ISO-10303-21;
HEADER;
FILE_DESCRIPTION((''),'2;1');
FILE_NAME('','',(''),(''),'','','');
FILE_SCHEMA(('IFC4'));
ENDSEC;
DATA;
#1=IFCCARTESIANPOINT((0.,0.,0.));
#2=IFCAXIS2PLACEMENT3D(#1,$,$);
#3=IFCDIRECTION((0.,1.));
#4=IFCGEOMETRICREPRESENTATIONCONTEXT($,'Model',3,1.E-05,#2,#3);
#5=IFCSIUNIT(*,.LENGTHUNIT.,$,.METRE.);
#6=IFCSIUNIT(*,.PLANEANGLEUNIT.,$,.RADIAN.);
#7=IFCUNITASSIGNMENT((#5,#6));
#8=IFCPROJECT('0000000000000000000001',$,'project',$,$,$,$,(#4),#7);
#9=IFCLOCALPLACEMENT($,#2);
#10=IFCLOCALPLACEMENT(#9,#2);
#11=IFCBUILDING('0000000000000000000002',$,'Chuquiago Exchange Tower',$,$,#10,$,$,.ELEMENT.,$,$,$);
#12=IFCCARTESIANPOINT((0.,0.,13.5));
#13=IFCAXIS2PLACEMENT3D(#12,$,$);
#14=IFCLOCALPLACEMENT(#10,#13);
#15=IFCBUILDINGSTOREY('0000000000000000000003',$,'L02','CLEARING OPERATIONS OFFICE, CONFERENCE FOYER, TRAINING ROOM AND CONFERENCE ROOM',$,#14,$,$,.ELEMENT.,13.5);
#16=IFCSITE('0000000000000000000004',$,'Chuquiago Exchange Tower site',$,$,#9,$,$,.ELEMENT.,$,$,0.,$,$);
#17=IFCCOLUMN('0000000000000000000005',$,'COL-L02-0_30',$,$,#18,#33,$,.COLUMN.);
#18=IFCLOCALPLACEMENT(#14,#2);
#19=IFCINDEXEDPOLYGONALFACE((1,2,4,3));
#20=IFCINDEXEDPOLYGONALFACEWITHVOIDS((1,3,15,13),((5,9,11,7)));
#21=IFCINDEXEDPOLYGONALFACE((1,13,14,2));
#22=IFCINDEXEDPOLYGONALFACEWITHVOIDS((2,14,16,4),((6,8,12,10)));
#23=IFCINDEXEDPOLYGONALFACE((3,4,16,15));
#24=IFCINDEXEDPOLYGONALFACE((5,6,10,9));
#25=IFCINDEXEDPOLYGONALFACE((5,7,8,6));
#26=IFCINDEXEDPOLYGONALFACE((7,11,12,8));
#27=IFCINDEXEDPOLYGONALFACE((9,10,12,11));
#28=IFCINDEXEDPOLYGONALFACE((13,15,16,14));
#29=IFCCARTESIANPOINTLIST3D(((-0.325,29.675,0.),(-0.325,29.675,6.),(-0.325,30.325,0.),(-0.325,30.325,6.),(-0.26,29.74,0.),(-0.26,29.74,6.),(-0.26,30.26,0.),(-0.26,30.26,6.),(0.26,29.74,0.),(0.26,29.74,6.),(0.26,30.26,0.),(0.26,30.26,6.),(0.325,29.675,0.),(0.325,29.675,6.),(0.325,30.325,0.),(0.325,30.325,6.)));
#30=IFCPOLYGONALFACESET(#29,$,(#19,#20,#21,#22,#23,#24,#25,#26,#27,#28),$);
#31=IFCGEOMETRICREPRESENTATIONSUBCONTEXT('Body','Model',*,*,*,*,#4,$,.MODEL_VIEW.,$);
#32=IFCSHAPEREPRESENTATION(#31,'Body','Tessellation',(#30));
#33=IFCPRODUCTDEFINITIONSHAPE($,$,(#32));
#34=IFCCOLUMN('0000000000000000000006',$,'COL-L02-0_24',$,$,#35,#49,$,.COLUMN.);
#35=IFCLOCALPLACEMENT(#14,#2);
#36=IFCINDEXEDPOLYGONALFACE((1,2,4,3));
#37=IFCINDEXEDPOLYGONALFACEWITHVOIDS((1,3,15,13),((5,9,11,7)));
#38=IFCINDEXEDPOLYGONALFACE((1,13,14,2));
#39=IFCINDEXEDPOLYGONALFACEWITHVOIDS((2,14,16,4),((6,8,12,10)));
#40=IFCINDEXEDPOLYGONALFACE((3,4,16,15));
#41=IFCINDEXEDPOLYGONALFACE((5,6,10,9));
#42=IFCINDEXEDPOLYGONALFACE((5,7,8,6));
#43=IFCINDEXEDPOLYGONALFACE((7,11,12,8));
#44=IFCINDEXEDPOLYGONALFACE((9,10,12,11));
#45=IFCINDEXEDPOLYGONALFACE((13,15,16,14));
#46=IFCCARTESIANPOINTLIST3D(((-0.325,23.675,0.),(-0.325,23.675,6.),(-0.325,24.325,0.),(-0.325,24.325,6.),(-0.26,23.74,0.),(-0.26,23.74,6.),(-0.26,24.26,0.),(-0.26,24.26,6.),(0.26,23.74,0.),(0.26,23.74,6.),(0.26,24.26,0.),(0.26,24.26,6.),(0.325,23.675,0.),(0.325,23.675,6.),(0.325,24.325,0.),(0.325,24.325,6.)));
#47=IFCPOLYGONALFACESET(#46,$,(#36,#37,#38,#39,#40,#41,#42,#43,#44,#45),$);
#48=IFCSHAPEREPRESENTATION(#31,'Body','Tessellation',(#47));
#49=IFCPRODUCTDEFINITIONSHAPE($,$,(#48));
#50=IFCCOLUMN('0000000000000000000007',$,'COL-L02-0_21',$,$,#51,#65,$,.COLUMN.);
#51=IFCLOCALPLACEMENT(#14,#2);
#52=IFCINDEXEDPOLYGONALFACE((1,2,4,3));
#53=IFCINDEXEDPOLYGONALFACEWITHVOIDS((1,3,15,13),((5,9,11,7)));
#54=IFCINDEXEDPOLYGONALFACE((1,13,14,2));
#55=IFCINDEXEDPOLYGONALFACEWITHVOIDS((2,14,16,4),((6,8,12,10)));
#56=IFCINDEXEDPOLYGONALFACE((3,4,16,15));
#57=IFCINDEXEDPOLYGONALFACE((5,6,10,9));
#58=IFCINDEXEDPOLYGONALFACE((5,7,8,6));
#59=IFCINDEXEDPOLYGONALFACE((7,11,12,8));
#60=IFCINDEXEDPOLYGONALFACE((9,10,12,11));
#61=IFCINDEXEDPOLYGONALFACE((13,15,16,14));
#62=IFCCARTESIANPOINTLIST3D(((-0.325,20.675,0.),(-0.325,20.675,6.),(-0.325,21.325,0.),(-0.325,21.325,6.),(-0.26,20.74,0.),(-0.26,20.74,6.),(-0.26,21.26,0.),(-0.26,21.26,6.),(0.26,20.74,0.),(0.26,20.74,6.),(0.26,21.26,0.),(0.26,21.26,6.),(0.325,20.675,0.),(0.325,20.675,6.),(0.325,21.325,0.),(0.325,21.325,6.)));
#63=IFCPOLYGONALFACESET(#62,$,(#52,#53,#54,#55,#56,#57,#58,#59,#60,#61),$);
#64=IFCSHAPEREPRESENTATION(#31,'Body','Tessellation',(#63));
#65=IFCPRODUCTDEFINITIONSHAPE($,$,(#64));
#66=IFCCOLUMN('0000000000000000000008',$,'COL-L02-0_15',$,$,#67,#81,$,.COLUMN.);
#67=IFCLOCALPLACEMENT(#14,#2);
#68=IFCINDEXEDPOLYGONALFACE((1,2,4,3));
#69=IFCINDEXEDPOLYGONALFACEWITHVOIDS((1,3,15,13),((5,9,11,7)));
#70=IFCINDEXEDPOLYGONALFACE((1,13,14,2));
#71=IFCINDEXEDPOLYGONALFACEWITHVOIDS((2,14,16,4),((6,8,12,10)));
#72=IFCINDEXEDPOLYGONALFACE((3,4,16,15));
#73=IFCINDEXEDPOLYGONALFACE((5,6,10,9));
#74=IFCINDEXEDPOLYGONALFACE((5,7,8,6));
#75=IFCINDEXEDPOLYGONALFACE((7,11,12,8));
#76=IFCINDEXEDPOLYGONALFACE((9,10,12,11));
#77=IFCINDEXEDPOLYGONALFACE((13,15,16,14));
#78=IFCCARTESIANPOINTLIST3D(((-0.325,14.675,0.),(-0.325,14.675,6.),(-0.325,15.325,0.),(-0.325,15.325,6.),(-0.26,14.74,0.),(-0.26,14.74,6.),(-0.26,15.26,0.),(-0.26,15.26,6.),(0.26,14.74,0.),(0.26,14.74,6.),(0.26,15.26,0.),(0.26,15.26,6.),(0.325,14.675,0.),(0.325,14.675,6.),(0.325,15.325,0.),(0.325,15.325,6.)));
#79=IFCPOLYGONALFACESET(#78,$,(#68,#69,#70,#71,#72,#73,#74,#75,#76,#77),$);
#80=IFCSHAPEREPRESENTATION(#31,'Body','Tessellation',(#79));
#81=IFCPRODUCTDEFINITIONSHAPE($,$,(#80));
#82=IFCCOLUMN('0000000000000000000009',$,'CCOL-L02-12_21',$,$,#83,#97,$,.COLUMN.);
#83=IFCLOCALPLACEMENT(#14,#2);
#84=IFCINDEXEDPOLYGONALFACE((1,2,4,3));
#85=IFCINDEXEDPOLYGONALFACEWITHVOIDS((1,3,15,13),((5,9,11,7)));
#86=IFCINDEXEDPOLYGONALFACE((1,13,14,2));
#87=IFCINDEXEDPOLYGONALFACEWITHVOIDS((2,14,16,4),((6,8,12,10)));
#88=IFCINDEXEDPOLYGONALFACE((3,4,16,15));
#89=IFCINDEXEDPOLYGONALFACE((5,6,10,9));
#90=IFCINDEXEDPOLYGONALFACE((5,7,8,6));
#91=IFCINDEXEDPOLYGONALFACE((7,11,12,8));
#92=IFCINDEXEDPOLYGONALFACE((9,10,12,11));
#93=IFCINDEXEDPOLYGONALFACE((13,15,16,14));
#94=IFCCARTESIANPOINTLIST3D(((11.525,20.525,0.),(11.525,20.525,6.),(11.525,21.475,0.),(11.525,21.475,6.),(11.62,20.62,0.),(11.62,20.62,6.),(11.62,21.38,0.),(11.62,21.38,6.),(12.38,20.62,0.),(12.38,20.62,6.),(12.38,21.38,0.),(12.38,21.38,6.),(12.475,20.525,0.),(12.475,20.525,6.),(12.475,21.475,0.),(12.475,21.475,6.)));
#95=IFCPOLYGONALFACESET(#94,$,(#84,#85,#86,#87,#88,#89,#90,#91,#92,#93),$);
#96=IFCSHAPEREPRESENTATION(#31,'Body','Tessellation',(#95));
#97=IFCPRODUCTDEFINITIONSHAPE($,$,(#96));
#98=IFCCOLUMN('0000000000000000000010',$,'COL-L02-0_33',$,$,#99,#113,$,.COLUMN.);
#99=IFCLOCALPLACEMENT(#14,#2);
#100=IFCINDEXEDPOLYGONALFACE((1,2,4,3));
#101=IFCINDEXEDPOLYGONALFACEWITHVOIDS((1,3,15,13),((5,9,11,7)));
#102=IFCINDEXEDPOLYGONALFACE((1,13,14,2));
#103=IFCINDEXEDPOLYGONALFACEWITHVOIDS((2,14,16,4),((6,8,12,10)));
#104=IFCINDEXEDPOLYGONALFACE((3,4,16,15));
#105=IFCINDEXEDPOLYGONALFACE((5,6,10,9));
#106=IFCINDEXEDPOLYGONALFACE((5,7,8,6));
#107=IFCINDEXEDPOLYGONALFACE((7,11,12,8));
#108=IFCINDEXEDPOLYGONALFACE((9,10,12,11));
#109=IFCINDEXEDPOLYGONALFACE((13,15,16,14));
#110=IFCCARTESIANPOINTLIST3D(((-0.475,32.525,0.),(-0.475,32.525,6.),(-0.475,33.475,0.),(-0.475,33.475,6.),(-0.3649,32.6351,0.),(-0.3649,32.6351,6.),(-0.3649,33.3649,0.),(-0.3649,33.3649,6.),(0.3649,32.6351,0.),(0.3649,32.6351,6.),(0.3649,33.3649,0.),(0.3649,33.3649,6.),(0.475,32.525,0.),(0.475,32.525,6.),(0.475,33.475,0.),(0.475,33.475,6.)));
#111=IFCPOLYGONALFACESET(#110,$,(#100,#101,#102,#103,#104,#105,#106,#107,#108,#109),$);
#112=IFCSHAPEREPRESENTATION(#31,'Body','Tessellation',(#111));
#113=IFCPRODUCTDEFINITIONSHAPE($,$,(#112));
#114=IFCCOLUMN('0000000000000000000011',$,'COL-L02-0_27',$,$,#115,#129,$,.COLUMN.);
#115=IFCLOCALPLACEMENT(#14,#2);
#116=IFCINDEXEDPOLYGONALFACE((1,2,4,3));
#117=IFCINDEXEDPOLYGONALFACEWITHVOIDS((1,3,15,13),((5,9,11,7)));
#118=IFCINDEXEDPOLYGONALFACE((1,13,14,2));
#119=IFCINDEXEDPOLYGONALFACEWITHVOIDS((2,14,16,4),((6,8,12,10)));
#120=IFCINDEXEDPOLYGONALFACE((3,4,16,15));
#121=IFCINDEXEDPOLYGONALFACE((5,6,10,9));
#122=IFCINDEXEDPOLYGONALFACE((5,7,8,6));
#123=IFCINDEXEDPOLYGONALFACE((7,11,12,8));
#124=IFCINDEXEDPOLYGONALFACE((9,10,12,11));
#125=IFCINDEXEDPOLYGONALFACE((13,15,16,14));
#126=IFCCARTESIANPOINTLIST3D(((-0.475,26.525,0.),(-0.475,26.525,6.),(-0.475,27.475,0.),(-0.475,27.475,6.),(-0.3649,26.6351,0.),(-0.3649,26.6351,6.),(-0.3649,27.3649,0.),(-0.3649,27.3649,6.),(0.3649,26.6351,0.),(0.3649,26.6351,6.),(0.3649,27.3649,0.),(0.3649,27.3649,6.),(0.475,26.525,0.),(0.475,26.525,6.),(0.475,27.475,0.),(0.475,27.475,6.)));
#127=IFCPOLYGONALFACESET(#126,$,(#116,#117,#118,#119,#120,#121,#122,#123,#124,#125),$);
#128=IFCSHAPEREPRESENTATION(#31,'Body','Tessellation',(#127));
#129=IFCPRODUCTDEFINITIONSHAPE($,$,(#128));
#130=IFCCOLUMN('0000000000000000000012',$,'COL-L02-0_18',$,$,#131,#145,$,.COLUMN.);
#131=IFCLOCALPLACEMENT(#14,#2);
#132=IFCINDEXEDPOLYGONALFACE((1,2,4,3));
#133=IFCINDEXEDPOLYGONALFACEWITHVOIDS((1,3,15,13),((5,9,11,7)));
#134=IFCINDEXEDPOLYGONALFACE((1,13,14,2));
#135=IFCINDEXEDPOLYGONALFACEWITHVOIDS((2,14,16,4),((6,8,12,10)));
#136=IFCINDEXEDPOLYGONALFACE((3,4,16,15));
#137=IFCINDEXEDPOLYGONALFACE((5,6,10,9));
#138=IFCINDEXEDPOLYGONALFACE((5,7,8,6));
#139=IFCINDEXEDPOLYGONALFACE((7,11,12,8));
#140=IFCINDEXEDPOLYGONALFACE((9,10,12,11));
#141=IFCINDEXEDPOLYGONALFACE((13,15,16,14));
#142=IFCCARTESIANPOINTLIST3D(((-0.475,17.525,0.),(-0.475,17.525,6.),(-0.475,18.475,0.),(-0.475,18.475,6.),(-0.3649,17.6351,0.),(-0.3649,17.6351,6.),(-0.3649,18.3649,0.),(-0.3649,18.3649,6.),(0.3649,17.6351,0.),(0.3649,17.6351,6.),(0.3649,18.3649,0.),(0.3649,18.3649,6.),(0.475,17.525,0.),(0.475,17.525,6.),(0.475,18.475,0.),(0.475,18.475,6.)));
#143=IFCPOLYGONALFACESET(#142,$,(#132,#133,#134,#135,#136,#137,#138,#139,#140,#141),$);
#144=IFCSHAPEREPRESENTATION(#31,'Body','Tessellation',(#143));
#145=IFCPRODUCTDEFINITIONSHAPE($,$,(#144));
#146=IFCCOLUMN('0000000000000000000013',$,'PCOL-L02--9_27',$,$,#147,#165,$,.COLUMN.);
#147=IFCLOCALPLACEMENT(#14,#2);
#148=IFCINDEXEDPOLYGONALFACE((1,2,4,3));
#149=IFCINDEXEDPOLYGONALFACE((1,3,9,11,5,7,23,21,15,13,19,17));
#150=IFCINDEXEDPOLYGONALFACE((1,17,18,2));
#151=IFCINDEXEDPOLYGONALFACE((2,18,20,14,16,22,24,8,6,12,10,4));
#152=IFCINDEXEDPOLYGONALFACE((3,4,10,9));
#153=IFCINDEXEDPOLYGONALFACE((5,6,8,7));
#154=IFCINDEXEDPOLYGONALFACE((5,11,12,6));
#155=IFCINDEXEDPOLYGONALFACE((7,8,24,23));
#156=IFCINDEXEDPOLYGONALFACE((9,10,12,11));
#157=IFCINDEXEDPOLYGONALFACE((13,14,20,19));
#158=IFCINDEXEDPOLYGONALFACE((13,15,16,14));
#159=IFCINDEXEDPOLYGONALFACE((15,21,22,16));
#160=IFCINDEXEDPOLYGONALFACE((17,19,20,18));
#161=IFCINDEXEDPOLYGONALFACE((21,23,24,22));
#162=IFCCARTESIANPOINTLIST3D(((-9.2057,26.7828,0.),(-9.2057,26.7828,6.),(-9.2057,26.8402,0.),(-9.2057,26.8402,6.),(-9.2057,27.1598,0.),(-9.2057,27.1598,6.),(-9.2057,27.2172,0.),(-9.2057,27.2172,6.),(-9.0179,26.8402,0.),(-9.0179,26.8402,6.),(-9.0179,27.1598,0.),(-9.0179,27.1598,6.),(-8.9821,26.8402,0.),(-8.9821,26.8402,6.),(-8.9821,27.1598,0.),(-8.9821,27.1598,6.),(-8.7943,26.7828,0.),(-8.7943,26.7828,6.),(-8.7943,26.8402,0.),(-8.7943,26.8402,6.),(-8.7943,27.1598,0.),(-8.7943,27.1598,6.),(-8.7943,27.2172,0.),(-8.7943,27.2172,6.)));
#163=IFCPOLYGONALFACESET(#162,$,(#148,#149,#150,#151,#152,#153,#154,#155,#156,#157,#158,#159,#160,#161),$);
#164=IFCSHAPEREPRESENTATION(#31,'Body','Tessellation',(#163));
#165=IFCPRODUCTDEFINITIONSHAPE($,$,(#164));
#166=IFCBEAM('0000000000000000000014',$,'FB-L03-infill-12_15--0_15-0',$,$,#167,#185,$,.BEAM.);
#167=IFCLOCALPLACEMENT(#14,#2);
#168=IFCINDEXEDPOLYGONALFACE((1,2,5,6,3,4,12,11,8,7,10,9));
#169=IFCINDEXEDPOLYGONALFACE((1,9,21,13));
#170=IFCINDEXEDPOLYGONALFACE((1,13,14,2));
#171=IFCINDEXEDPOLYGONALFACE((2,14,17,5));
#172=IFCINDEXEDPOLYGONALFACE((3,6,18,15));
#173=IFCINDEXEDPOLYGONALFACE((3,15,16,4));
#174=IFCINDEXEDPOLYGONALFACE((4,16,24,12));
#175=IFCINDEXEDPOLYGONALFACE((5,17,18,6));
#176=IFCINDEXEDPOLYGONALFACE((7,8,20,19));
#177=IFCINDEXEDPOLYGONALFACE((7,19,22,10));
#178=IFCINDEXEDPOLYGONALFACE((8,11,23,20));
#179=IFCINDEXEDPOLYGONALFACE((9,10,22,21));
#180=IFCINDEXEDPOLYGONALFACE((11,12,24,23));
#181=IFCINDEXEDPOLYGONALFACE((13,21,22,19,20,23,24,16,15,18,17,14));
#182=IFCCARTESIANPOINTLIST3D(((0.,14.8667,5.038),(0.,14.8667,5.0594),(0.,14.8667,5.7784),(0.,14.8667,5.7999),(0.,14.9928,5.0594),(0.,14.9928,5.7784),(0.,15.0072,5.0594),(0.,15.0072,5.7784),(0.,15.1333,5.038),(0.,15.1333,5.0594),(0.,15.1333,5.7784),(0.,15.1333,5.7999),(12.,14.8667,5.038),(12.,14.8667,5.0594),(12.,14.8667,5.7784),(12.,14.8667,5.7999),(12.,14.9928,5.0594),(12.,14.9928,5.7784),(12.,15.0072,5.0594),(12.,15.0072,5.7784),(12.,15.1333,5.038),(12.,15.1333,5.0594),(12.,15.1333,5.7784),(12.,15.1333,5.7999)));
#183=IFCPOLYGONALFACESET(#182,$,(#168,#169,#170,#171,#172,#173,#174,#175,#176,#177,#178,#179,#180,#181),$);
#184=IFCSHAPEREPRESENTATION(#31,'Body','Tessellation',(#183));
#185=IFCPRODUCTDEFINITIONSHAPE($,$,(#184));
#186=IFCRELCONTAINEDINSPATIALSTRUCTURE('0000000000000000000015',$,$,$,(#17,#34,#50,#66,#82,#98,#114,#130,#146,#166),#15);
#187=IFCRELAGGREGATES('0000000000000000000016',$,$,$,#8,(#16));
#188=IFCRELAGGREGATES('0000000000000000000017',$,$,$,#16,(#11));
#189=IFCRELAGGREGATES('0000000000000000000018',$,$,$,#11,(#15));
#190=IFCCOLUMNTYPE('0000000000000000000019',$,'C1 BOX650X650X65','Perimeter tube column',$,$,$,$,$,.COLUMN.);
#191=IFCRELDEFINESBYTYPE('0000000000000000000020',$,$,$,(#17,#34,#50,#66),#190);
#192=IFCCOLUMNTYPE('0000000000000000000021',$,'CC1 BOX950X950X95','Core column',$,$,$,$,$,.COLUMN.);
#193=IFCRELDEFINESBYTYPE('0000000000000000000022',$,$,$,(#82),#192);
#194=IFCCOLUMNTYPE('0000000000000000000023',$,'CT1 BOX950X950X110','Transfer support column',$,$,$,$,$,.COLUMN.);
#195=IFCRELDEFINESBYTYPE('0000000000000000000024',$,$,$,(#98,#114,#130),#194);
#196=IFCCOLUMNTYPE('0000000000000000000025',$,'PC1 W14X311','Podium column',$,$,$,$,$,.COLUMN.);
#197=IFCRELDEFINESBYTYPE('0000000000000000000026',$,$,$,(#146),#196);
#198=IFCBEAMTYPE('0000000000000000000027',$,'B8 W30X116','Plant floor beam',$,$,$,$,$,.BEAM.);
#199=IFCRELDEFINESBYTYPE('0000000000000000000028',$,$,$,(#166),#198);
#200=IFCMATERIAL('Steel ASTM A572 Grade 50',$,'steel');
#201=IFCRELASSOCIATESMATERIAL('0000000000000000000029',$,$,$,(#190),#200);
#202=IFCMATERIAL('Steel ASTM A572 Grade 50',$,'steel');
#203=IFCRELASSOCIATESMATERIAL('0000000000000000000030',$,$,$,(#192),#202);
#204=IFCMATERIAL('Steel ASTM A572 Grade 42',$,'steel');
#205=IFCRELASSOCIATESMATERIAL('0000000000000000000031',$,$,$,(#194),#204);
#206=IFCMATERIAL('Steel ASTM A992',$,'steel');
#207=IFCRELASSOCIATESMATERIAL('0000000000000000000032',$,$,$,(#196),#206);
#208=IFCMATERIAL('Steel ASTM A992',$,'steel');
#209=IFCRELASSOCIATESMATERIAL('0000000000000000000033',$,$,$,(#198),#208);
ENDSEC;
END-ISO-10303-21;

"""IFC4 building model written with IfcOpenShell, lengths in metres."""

from ifc_helpers import new_model, si_unit, direction, frame, origin, origin_2d, place, context, subcontext, project, spatial, hollow_rectangle, i_section, extrude, material, material_profile, profile_set, type_object, element, save


model = new_model("IFC4")

# Units and contexts
model_context = context("Model", 3, precision=1e-05, world=origin(), true_north=direction((0.0, 1.0)))
body_context = subcontext(model_context, "Body", "Model", "MODEL_VIEW")
ifc_project = project(units=[si_unit("LENGTHUNIT", "METRE"), si_unit("PLANEANGLEUNIT", "RADIAN")], contexts=[model_context])

# Site, building, storey
site_placement = place(None, origin())
site = spatial("IfcSite", under=ifc_project, at=site_placement, Name="Chuquiago Exchange Tower site", CompositionType="ELEMENT", RefElevation=0.0)
building_placement = place(site_placement, origin())
building = spatial("IfcBuilding", under=site, at=building_placement, Name="Chuquiago Exchange Tower", CompositionType="ELEMENT")
storey_placement = place(building_placement, frame((0.0, 0.0, 13.5)))
storey = spatial("IfcBuildingStorey", under=building, at=storey_placement, Name="L02", Description="CLEARING OPERATIONS OFFICE, CONFERENCE FOYER, TRAINING ROOM AND CONFERENCE ROOM", CompositionType="ELEMENT", Elevation=13.5)

# Columns
ifc_material_1 = material(Name="Steel ASTM A572 Grade 50", Category="steel")
ifc_material_profile_1 = material_profile(ifc_material_1, hollow_rectangle(XDim=0.6499, YDim=0.6499, WallThickness=0.0649, at=origin_2d()), Name="BOX650X650X65")
ifc_profile_set_1 = profile_set([ifc_material_profile_1], Name="Steel ASTM A572 Grade 50")
column_type_1 = type_object("IfcColumnType", Name="C1 BOX650X650X65", Description="Perimeter tube column", PredefinedType="COLUMN", material=ifc_profile_set_1)
for number, where, z_axis, x_axis, name in (
    (1, (0.0, 30.0, 0.0), (0.0, 0.0, 1.0), (-1.0, 0.0, 0.0), "COL-L02-0_30"),
    (2, (0.0, 24.0, 0.0), (0.0, 0.0, 1.0), (-1.0, 0.0, 0.0), "COL-L02-0_24"),
    (3, (0.0, 21.0, 0.0), (0.0, 0.0, 1.0), (-1.0, 0.0, 0.0), "COL-L02-0_21"),
    (4, (0.0, 15.0, 0.0), (0.0, 0.0, 1.0), (-1.0, 0.0, 0.0), "COL-L02-0_15"),
):
    element("IfcColumn", number, at=place(storey_placement, frame(where, z_axis=z_axis, x_axis=x_axis)), inside=storey, type_object=column_type_1, Name=name, PredefinedType="COLUMN", context=body_context, shape_type="SweptSolid", body=[
        extrude(hollow_rectangle(XDim=0.6499, YDim=0.6499, WallThickness=0.0649, at=origin_2d()), origin(), (0.0, 0.0, 1.0), 6.0),
    ])
ifc_material_2 = material(Name="Steel ASTM A572 Grade 50", Category="steel")
ifc_material_profile_2 = material_profile(ifc_material_2, hollow_rectangle(XDim=0.95, YDim=0.95, WallThickness=0.095, at=origin_2d()), Name="BOX950X950X95")
ifc_profile_set_2 = profile_set([ifc_material_profile_2], Name="Steel ASTM A572 Grade 50")
column_type_2 = type_object("IfcColumnType", Name="CC1 BOX950X950X95", Description="Core column", PredefinedType="COLUMN", material=ifc_profile_set_2)
column_1_placement = place(storey_placement, frame((12.0, 21.0, 0.0), z_axis=(0.0, 0.0, 1.0), x_axis=(1.0, 0.0, 0.0)))
element("IfcColumn", 5, at=column_1_placement, inside=storey, type_object=column_type_2, Name="CCOL-L02-12_21", PredefinedType="COLUMN", context=body_context, shape_type="SweptSolid", body=[
    extrude(hollow_rectangle(XDim=0.95, YDim=0.95, WallThickness=0.095, at=origin_2d()), origin(), (0.0, 0.0, 1.0), 6.0),
])
ifc_material_3 = material(Name="Steel ASTM A572 Grade 42", Category="steel")
ifc_material_profile_3 = material_profile(ifc_material_3, hollow_rectangle(XDim=0.95, YDim=0.95, WallThickness=0.1101, at=origin_2d()), Name="BOX950X950X110")
ifc_profile_set_3 = profile_set([ifc_material_profile_3], Name="Steel ASTM A572 Grade 42")
column_type_3 = type_object("IfcColumnType", Name="CT1 BOX950X950X110", Description="Transfer support column", PredefinedType="COLUMN", material=ifc_profile_set_3)
for number, where, z_axis, x_axis, name in (
    (6, (0.0, 33.0, 0.0), (0.0, 0.0, 1.0), (-1.0, 0.0, 0.0), "COL-L02-0_33"),
    (7, (0.0, 27.0, 0.0), (0.0, 0.0, 1.0), (-1.0, 0.0, 0.0), "COL-L02-0_27"),
    (8, (0.0, 18.0, 0.0), (0.0, 0.0, 1.0), (-1.0, 0.0, 0.0), "COL-L02-0_18"),
):
    element("IfcColumn", number, at=place(storey_placement, frame(where, z_axis=z_axis, x_axis=x_axis)), inside=storey, type_object=column_type_3, Name=name, PredefinedType="COLUMN", context=body_context, shape_type="SweptSolid", body=[
        extrude(hollow_rectangle(XDim=0.95, YDim=0.95, WallThickness=0.1101, at=origin_2d()), origin(), (0.0, 0.0, 1.0), 6.0),
    ])
ifc_material_4 = material(Name="Steel ASTM A992", Category="steel")
ifc_material_profile_4 = material_profile(ifc_material_4, i_section(OverallWidth=0.4114, OverallDepth=0.4343, WebThickness=0.0359, FlangeThickness=0.0574, at=origin_2d()), Name="W14X311")
ifc_profile_set_4 = profile_set([ifc_material_profile_4], Name="Steel ASTM A992")
column_type_4 = type_object("IfcColumnType", Name="PC1 W14X311", Description="Podium column", PredefinedType="COLUMN", material=ifc_profile_set_4)
column_2_placement = place(storey_placement, frame((-9.0, 27.0, 0.0), z_axis=(0.0, 0.0, 1.0), x_axis=(1.0, 0.0, 0.0)))
element("IfcColumn", 9, at=column_2_placement, inside=storey, type_object=column_type_4, Name="PCOL-L02--9_27", PredefinedType="COLUMN", context=body_context, shape_type="SweptSolid", body=[
    extrude(i_section(OverallWidth=0.4114, OverallDepth=0.4343, WebThickness=0.0359, FlangeThickness=0.0574, at=origin_2d()), origin(), (0.0, 0.0, 1.0), 6.0),
])

# Beam
ifc_material_5 = material(Name="Steel ASTM A992", Category="steel")
ifc_material_profile_5 = material_profile(ifc_material_5, i_section(OverallWidth=0.2666, OverallDepth=0.762, WebThickness=0.0144, FlangeThickness=0.0215, at=origin_2d()), Name="W30X116")
ifc_profile_set_5 = profile_set([ifc_material_profile_5], Name="Steel ASTM A992")
beam_type_1 = type_object("IfcBeamType", Name="B8 W30X116", Description="Plant floor beam", PredefinedType="BEAM", material=ifc_profile_set_5)
for number, where, z_axis, x_axis, name in (
    (10, (12.0, 15.0, 5.4189), (-1.0, 0.0, 0.0), (0.0, -1.0, 0.0), "FB-L03-infill-12_15--0_15-0"),
):
    element("IfcBeam", number, at=place(storey_placement, frame(where, z_axis=z_axis, x_axis=x_axis)), inside=storey, type_object=beam_type_1, Name=name, PredefinedType="BEAM", context=body_context, shape_type="SweptSolid", body=[
        extrude(i_section(OverallWidth=0.2666, OverallDepth=0.762, WebThickness=0.0144, FlangeThickness=0.0215, at=origin_2d()), origin(), (0.0, 0.0, 1.0), 12.0),
    ])

save(model, "model.ifc")
